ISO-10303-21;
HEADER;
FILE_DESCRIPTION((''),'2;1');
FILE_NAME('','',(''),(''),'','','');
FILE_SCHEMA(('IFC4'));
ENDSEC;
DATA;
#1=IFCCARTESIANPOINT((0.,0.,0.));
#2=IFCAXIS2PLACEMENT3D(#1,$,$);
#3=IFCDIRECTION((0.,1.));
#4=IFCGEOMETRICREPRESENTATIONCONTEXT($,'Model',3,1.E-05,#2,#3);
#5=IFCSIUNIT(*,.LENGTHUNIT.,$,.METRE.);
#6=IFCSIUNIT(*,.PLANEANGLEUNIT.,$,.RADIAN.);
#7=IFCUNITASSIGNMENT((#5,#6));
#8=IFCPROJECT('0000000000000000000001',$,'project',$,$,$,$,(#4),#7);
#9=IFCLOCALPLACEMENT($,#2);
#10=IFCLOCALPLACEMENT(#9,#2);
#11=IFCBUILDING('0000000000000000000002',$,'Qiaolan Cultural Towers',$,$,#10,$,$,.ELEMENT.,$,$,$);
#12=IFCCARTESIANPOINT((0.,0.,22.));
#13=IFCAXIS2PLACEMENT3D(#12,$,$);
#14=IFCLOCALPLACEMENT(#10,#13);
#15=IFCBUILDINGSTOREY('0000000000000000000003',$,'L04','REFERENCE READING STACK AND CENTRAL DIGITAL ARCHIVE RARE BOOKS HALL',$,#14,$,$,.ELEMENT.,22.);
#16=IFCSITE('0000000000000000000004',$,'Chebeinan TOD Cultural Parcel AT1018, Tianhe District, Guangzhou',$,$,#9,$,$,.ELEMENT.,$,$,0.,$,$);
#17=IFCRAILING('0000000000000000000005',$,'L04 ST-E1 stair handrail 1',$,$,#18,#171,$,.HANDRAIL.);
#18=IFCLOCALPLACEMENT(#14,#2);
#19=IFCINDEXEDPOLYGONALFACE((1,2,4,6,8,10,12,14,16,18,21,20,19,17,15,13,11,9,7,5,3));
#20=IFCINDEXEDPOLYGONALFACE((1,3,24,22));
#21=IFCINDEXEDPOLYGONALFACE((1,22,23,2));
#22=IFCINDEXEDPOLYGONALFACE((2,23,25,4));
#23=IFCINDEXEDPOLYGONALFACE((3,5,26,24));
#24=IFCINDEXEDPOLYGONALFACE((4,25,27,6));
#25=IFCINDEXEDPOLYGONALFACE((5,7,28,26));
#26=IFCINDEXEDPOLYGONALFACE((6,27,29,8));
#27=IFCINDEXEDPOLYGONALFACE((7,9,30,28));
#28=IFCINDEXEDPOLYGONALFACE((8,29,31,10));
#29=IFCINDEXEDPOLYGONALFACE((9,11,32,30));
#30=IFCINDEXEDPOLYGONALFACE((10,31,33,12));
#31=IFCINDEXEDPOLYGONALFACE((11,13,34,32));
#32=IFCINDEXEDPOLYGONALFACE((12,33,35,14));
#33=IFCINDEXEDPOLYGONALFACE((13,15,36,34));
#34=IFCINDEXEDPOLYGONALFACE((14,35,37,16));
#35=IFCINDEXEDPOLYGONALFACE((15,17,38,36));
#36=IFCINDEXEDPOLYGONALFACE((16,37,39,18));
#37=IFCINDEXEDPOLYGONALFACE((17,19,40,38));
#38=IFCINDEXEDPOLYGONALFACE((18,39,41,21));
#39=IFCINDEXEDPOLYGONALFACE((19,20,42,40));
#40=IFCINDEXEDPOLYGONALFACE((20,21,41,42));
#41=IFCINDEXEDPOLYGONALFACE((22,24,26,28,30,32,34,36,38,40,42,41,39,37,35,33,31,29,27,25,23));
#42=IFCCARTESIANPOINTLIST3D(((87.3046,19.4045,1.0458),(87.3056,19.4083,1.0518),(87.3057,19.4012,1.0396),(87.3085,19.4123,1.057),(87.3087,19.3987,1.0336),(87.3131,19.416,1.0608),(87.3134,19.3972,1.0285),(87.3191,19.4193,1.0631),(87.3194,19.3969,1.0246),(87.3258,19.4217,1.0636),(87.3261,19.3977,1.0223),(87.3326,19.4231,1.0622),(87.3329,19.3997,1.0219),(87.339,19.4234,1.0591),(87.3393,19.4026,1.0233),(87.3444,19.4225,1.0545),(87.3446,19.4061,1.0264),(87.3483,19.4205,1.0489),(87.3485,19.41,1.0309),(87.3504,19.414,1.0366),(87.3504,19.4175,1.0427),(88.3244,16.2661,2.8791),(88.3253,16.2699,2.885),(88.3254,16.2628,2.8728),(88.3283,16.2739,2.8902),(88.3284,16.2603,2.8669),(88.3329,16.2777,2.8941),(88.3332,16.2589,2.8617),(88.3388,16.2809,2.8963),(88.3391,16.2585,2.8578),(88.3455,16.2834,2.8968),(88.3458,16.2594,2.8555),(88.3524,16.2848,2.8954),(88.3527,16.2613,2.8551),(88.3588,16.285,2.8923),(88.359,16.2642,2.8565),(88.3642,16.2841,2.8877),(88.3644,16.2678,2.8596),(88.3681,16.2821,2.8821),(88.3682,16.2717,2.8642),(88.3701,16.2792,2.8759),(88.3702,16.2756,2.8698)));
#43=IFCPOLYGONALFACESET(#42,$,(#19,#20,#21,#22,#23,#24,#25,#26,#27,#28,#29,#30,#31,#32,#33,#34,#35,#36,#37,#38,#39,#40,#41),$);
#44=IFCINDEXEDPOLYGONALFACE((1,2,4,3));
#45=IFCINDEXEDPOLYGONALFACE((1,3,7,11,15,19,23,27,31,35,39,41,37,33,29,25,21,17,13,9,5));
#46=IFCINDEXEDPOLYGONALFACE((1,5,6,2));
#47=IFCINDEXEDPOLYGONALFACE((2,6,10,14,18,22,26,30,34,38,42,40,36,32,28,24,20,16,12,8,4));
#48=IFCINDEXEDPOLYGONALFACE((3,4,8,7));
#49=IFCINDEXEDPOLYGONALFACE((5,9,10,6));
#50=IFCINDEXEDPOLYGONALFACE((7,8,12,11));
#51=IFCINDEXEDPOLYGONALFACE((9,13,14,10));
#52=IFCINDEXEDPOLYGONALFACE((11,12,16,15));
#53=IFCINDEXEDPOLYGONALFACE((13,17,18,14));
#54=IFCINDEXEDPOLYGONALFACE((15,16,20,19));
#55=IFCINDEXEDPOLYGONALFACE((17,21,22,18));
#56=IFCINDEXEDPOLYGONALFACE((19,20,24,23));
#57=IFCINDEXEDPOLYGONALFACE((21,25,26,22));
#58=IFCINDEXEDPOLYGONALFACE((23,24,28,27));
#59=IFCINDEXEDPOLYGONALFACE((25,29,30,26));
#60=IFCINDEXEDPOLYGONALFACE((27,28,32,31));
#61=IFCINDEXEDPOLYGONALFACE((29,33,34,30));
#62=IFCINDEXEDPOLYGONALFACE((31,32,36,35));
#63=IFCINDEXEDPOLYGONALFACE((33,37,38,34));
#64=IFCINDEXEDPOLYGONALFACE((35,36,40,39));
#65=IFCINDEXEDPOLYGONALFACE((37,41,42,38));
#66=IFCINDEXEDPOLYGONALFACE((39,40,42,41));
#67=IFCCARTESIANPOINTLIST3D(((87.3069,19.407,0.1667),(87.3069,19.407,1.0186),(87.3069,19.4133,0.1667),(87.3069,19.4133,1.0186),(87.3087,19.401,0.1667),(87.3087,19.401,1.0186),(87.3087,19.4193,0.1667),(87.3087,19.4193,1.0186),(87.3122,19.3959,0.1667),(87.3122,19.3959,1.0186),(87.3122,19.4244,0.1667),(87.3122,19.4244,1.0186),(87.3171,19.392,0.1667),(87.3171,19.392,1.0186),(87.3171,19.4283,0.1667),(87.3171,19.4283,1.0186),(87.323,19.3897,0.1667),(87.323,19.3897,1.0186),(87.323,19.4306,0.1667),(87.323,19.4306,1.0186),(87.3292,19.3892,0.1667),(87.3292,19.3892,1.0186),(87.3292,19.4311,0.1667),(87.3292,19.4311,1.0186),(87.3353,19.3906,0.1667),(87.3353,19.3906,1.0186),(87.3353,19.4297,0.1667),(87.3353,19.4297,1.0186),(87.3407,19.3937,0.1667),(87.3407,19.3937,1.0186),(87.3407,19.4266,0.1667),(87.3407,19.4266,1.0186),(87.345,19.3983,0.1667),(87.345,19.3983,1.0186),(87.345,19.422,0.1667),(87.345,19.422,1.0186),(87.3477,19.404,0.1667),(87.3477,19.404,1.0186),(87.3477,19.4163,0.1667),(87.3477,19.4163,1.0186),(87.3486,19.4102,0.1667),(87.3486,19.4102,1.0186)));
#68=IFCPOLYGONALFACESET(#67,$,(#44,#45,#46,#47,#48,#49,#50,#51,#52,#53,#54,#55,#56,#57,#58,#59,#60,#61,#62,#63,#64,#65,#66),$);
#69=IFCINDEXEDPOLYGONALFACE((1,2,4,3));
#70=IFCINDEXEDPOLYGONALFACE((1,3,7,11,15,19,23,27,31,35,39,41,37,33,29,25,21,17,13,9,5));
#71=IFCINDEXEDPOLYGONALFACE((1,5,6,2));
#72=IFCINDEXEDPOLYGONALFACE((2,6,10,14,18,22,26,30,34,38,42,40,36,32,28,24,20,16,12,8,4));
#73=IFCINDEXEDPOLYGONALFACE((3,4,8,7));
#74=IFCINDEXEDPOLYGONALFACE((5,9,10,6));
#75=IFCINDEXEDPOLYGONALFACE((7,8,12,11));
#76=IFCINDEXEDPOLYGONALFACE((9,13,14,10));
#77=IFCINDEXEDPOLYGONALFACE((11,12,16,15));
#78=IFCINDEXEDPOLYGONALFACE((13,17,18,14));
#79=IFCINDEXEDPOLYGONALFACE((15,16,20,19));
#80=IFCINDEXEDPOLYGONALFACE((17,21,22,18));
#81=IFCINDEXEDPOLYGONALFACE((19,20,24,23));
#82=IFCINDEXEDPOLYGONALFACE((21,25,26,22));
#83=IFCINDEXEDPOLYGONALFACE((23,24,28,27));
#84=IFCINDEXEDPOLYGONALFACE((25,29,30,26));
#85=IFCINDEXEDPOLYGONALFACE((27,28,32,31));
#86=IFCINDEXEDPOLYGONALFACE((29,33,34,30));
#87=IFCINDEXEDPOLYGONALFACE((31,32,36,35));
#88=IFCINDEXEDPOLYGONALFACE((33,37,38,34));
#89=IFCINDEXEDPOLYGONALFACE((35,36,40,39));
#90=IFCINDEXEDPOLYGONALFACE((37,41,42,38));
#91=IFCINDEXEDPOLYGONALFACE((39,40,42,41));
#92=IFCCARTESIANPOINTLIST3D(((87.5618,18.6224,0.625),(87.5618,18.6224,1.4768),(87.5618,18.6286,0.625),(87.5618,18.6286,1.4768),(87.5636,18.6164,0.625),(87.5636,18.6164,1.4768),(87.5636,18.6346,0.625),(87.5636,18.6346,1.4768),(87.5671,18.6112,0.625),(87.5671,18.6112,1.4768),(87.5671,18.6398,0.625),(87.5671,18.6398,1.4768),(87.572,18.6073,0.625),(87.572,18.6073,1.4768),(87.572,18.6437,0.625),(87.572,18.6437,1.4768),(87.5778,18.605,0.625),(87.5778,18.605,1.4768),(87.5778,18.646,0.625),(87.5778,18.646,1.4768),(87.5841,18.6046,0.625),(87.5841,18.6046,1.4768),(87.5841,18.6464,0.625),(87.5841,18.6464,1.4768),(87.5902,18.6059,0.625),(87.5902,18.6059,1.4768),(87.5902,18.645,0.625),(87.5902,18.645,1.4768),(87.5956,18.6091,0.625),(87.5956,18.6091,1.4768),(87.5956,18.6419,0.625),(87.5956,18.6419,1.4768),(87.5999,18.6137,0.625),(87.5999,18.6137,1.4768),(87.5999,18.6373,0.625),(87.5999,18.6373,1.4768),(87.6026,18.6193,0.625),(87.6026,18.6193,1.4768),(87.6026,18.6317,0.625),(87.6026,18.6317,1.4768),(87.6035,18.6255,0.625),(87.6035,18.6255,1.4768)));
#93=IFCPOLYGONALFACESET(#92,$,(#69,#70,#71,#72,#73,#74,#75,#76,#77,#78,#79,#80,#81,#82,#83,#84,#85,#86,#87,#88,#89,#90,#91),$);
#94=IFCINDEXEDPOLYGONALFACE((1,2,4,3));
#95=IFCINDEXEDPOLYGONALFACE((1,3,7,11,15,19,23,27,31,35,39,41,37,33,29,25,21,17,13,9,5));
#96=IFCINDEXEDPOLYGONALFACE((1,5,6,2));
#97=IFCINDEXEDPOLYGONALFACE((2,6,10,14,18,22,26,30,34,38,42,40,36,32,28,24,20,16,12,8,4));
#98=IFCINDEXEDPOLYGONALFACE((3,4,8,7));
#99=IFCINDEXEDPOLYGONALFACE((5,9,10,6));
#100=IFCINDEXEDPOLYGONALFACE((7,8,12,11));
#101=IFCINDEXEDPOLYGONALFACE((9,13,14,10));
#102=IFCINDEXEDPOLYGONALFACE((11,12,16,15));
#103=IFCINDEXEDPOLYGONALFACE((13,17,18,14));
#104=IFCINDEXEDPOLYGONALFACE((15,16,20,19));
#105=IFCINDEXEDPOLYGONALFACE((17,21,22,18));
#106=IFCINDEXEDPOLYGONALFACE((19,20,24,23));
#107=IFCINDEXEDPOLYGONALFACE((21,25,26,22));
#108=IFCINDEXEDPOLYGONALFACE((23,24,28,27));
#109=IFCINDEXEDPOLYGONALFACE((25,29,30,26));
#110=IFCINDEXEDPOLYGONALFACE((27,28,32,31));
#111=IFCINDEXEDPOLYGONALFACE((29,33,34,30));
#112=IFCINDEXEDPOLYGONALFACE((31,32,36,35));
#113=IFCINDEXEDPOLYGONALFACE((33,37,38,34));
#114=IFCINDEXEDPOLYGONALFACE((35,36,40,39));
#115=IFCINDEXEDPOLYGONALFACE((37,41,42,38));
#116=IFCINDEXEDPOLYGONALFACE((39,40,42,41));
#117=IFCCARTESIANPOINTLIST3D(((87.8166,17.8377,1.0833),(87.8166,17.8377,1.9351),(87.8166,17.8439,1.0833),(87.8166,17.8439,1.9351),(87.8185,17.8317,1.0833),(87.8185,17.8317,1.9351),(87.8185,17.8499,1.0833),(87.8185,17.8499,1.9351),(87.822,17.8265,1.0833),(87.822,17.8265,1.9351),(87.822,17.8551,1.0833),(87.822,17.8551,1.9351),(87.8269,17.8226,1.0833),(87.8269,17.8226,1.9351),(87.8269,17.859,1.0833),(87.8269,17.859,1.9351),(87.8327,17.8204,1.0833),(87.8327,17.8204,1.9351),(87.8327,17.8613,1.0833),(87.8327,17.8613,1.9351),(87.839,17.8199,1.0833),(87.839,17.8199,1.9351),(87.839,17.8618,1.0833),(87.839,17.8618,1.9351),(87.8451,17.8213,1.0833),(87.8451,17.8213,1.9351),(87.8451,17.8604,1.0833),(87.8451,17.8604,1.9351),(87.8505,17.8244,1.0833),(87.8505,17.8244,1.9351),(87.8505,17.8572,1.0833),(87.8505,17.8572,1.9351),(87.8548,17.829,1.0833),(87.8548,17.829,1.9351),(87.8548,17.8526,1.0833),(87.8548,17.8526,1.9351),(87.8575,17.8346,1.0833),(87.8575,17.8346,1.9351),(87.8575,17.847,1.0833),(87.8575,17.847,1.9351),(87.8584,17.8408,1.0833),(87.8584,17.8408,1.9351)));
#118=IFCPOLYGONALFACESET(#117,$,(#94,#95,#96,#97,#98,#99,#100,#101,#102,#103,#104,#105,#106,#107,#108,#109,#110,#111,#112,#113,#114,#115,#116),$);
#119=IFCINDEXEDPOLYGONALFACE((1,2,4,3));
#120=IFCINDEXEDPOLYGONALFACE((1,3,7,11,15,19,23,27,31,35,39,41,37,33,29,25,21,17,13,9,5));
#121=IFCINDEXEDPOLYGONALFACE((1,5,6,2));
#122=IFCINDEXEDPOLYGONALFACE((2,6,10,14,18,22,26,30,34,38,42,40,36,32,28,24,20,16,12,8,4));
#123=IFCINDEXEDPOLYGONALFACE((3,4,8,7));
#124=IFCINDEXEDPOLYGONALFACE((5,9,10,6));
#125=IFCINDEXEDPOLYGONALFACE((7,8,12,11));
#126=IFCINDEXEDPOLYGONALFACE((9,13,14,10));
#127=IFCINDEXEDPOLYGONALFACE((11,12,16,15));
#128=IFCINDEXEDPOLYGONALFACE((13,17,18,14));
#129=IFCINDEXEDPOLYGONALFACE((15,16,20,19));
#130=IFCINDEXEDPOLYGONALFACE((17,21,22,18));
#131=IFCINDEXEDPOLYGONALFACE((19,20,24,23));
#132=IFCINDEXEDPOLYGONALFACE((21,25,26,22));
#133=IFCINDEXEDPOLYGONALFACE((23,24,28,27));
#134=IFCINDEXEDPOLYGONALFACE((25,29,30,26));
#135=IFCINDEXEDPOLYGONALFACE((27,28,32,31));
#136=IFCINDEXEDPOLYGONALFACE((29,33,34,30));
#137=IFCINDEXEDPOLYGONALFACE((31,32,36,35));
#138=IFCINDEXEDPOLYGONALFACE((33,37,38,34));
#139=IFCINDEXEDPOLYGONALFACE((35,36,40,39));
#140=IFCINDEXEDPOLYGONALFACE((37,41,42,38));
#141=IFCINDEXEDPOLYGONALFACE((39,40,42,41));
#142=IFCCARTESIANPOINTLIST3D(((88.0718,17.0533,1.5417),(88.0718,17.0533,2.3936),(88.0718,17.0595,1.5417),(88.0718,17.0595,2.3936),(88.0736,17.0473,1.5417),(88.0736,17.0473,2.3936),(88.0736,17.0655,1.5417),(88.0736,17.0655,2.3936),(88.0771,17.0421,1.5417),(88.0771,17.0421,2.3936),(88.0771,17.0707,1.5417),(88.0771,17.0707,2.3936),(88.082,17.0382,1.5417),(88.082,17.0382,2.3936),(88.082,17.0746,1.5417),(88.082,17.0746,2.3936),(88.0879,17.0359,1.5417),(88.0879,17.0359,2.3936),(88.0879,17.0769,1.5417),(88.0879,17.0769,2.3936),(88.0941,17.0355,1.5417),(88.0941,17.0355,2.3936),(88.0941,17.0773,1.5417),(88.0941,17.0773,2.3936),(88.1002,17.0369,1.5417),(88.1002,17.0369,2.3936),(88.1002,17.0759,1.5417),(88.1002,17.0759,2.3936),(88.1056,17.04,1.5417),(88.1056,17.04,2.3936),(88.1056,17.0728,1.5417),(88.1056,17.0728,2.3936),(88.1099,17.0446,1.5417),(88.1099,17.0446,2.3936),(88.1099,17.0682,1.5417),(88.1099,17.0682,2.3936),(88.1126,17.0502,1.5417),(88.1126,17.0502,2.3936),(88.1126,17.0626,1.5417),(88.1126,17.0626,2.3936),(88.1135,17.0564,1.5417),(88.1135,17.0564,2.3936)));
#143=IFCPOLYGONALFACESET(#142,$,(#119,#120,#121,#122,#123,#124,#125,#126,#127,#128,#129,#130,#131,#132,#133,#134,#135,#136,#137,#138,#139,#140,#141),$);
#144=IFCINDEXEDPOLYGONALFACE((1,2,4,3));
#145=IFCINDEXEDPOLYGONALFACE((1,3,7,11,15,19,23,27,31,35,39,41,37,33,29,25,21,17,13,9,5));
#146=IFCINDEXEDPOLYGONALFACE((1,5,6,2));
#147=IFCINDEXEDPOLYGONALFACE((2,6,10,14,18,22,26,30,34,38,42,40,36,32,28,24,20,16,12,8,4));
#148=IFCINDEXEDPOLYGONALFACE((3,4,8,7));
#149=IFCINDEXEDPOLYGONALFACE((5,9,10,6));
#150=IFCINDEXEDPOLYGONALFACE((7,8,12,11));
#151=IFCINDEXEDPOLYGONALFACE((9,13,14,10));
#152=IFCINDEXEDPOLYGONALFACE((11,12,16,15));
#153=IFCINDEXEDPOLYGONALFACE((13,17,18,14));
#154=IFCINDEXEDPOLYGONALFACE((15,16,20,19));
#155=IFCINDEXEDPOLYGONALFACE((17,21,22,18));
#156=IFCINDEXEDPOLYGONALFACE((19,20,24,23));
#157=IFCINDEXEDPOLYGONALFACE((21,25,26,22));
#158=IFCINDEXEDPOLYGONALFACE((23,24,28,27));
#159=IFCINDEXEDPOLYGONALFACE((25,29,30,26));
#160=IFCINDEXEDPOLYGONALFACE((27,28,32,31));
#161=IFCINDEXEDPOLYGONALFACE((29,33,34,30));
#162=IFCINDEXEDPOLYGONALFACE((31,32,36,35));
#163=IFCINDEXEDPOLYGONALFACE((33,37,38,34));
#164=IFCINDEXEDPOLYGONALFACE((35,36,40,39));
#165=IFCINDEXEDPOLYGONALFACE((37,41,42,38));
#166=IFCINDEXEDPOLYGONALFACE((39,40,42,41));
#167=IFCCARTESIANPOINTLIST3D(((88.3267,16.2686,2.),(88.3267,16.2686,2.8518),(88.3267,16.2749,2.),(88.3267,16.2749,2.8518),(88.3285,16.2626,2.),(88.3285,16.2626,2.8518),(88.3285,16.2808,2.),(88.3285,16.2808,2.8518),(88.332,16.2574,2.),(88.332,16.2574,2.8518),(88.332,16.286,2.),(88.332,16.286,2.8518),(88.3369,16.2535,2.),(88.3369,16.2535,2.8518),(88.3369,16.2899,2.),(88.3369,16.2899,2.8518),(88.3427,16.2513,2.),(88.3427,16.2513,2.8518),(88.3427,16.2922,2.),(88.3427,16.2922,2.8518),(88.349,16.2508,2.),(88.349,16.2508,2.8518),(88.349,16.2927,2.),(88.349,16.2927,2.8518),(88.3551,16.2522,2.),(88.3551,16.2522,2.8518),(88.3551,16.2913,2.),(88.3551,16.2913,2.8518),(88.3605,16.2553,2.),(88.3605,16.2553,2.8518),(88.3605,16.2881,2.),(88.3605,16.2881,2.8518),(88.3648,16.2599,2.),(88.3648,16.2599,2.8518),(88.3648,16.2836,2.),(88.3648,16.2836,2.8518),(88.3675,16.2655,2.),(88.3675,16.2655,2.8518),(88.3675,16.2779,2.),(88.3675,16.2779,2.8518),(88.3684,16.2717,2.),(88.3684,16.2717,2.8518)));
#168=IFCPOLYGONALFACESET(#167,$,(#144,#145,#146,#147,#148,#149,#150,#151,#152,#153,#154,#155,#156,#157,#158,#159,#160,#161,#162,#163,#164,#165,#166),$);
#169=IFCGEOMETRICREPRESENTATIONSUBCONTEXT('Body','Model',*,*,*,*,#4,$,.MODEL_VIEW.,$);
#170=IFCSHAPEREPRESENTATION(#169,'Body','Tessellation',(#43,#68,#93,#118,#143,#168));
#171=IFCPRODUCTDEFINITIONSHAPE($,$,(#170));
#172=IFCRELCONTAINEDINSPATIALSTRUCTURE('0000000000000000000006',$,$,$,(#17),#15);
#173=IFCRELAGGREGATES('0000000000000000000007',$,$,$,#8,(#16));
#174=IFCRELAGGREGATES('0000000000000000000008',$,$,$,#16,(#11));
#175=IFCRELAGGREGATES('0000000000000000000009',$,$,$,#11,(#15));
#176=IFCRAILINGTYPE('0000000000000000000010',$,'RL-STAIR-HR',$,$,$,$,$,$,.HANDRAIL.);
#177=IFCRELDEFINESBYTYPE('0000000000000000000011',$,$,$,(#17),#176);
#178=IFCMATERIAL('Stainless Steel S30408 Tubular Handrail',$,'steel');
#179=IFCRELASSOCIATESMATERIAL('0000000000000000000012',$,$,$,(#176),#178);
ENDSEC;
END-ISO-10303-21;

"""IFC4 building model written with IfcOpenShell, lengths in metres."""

from ifc_helpers import new_model, si_unit, direction, frame, origin, origin_2d, place, context, subcontext, project, spatial, circle, extrude, material, type_object, element, save


model = new_model("IFC4")

# Units and contexts
model_context = context("Model", 3, precision=1e-05, world=origin(), true_north=direction((0.0, 1.0)))
body_context = subcontext(model_context, "Body", "Model", "MODEL_VIEW")
ifc_project = project(units=[si_unit("LENGTHUNIT", "METRE"), si_unit("PLANEANGLEUNIT", "RADIAN")], contexts=[model_context])

# Site, building, storey
site_placement = place(None, origin())
site = spatial("IfcSite", under=ifc_project, at=site_placement, Name="Chebeinan TOD Cultural Parcel AT1018, Tianhe District, Guangzhou", CompositionType="ELEMENT", RefElevation=0.0)
building_placement = place(site_placement, origin())
building = spatial("IfcBuilding", under=site, at=building_placement, Name="Qiaolan Cultural Towers", CompositionType="ELEMENT")
storey_placement = place(building_placement, frame((0.0, 0.0, 22.0)))
storey = spatial("IfcBuildingStorey", under=building, at=storey_placement, Name="L04", Description="REFERENCE READING STACK AND CENTRAL DIGITAL ARCHIVE RARE BOOKS HALL", CompositionType="ELEMENT", Elevation=22.0)

# Railing
ifc_material_1 = material(Name="Stainless Steel S30408 Tubular Handrail", Category="steel")
railing_type_1 = type_object("IfcRailingType", Name="RL-STAIR-HR", PredefinedType="HANDRAIL", material=ifc_material_1)
railing_1_placement = place(storey_placement, frame((87.3276, 19.4102, 0.1667)))
element("IfcRailing", 1, at=railing_1_placement, inside=storey, type_object=railing_type_1, Name="L04 ST-E1 stair handrail 1", PredefinedType="HANDRAIL", context=body_context, shape_type="SweptSolid", body=[
    extrude(circle(Radius=0.0239, at=origin_2d()), frame((0.0, 0.0, 0.876), z_axis=(0.270141, -0.831376, 0.485632), x_axis=(0.951053, 0.309028, 0.0)), (0.0, 0.0, 1.0), 3.7749),
    extrude(circle(Radius=0.021, at=origin_2d()), origin(), (0.0, 0.0, 1.0), 0.8518),
    extrude(circle(Radius=0.021, at=origin_2d()), frame((0.2549, -0.7847, 0.4583)), (0.0, 0.0, 1.0), 0.8518),
    extrude(circle(Radius=0.021, at=origin_2d()), frame((0.5098, -1.5693, 0.9165)), (0.0, 0.0, 1.0), 0.8518),
    extrude(circle(Radius=0.021, at=origin_2d()), frame((0.7649, -2.3538, 1.375)), (0.0, 0.0, 1.0), 0.8518),
    extrude(circle(Radius=0.021, at=origin_2d()), frame((1.0198, -3.1384, 1.8333)), (0.0, 0.0, 1.0), 0.8518),
])

save(model, "model.ifc")
